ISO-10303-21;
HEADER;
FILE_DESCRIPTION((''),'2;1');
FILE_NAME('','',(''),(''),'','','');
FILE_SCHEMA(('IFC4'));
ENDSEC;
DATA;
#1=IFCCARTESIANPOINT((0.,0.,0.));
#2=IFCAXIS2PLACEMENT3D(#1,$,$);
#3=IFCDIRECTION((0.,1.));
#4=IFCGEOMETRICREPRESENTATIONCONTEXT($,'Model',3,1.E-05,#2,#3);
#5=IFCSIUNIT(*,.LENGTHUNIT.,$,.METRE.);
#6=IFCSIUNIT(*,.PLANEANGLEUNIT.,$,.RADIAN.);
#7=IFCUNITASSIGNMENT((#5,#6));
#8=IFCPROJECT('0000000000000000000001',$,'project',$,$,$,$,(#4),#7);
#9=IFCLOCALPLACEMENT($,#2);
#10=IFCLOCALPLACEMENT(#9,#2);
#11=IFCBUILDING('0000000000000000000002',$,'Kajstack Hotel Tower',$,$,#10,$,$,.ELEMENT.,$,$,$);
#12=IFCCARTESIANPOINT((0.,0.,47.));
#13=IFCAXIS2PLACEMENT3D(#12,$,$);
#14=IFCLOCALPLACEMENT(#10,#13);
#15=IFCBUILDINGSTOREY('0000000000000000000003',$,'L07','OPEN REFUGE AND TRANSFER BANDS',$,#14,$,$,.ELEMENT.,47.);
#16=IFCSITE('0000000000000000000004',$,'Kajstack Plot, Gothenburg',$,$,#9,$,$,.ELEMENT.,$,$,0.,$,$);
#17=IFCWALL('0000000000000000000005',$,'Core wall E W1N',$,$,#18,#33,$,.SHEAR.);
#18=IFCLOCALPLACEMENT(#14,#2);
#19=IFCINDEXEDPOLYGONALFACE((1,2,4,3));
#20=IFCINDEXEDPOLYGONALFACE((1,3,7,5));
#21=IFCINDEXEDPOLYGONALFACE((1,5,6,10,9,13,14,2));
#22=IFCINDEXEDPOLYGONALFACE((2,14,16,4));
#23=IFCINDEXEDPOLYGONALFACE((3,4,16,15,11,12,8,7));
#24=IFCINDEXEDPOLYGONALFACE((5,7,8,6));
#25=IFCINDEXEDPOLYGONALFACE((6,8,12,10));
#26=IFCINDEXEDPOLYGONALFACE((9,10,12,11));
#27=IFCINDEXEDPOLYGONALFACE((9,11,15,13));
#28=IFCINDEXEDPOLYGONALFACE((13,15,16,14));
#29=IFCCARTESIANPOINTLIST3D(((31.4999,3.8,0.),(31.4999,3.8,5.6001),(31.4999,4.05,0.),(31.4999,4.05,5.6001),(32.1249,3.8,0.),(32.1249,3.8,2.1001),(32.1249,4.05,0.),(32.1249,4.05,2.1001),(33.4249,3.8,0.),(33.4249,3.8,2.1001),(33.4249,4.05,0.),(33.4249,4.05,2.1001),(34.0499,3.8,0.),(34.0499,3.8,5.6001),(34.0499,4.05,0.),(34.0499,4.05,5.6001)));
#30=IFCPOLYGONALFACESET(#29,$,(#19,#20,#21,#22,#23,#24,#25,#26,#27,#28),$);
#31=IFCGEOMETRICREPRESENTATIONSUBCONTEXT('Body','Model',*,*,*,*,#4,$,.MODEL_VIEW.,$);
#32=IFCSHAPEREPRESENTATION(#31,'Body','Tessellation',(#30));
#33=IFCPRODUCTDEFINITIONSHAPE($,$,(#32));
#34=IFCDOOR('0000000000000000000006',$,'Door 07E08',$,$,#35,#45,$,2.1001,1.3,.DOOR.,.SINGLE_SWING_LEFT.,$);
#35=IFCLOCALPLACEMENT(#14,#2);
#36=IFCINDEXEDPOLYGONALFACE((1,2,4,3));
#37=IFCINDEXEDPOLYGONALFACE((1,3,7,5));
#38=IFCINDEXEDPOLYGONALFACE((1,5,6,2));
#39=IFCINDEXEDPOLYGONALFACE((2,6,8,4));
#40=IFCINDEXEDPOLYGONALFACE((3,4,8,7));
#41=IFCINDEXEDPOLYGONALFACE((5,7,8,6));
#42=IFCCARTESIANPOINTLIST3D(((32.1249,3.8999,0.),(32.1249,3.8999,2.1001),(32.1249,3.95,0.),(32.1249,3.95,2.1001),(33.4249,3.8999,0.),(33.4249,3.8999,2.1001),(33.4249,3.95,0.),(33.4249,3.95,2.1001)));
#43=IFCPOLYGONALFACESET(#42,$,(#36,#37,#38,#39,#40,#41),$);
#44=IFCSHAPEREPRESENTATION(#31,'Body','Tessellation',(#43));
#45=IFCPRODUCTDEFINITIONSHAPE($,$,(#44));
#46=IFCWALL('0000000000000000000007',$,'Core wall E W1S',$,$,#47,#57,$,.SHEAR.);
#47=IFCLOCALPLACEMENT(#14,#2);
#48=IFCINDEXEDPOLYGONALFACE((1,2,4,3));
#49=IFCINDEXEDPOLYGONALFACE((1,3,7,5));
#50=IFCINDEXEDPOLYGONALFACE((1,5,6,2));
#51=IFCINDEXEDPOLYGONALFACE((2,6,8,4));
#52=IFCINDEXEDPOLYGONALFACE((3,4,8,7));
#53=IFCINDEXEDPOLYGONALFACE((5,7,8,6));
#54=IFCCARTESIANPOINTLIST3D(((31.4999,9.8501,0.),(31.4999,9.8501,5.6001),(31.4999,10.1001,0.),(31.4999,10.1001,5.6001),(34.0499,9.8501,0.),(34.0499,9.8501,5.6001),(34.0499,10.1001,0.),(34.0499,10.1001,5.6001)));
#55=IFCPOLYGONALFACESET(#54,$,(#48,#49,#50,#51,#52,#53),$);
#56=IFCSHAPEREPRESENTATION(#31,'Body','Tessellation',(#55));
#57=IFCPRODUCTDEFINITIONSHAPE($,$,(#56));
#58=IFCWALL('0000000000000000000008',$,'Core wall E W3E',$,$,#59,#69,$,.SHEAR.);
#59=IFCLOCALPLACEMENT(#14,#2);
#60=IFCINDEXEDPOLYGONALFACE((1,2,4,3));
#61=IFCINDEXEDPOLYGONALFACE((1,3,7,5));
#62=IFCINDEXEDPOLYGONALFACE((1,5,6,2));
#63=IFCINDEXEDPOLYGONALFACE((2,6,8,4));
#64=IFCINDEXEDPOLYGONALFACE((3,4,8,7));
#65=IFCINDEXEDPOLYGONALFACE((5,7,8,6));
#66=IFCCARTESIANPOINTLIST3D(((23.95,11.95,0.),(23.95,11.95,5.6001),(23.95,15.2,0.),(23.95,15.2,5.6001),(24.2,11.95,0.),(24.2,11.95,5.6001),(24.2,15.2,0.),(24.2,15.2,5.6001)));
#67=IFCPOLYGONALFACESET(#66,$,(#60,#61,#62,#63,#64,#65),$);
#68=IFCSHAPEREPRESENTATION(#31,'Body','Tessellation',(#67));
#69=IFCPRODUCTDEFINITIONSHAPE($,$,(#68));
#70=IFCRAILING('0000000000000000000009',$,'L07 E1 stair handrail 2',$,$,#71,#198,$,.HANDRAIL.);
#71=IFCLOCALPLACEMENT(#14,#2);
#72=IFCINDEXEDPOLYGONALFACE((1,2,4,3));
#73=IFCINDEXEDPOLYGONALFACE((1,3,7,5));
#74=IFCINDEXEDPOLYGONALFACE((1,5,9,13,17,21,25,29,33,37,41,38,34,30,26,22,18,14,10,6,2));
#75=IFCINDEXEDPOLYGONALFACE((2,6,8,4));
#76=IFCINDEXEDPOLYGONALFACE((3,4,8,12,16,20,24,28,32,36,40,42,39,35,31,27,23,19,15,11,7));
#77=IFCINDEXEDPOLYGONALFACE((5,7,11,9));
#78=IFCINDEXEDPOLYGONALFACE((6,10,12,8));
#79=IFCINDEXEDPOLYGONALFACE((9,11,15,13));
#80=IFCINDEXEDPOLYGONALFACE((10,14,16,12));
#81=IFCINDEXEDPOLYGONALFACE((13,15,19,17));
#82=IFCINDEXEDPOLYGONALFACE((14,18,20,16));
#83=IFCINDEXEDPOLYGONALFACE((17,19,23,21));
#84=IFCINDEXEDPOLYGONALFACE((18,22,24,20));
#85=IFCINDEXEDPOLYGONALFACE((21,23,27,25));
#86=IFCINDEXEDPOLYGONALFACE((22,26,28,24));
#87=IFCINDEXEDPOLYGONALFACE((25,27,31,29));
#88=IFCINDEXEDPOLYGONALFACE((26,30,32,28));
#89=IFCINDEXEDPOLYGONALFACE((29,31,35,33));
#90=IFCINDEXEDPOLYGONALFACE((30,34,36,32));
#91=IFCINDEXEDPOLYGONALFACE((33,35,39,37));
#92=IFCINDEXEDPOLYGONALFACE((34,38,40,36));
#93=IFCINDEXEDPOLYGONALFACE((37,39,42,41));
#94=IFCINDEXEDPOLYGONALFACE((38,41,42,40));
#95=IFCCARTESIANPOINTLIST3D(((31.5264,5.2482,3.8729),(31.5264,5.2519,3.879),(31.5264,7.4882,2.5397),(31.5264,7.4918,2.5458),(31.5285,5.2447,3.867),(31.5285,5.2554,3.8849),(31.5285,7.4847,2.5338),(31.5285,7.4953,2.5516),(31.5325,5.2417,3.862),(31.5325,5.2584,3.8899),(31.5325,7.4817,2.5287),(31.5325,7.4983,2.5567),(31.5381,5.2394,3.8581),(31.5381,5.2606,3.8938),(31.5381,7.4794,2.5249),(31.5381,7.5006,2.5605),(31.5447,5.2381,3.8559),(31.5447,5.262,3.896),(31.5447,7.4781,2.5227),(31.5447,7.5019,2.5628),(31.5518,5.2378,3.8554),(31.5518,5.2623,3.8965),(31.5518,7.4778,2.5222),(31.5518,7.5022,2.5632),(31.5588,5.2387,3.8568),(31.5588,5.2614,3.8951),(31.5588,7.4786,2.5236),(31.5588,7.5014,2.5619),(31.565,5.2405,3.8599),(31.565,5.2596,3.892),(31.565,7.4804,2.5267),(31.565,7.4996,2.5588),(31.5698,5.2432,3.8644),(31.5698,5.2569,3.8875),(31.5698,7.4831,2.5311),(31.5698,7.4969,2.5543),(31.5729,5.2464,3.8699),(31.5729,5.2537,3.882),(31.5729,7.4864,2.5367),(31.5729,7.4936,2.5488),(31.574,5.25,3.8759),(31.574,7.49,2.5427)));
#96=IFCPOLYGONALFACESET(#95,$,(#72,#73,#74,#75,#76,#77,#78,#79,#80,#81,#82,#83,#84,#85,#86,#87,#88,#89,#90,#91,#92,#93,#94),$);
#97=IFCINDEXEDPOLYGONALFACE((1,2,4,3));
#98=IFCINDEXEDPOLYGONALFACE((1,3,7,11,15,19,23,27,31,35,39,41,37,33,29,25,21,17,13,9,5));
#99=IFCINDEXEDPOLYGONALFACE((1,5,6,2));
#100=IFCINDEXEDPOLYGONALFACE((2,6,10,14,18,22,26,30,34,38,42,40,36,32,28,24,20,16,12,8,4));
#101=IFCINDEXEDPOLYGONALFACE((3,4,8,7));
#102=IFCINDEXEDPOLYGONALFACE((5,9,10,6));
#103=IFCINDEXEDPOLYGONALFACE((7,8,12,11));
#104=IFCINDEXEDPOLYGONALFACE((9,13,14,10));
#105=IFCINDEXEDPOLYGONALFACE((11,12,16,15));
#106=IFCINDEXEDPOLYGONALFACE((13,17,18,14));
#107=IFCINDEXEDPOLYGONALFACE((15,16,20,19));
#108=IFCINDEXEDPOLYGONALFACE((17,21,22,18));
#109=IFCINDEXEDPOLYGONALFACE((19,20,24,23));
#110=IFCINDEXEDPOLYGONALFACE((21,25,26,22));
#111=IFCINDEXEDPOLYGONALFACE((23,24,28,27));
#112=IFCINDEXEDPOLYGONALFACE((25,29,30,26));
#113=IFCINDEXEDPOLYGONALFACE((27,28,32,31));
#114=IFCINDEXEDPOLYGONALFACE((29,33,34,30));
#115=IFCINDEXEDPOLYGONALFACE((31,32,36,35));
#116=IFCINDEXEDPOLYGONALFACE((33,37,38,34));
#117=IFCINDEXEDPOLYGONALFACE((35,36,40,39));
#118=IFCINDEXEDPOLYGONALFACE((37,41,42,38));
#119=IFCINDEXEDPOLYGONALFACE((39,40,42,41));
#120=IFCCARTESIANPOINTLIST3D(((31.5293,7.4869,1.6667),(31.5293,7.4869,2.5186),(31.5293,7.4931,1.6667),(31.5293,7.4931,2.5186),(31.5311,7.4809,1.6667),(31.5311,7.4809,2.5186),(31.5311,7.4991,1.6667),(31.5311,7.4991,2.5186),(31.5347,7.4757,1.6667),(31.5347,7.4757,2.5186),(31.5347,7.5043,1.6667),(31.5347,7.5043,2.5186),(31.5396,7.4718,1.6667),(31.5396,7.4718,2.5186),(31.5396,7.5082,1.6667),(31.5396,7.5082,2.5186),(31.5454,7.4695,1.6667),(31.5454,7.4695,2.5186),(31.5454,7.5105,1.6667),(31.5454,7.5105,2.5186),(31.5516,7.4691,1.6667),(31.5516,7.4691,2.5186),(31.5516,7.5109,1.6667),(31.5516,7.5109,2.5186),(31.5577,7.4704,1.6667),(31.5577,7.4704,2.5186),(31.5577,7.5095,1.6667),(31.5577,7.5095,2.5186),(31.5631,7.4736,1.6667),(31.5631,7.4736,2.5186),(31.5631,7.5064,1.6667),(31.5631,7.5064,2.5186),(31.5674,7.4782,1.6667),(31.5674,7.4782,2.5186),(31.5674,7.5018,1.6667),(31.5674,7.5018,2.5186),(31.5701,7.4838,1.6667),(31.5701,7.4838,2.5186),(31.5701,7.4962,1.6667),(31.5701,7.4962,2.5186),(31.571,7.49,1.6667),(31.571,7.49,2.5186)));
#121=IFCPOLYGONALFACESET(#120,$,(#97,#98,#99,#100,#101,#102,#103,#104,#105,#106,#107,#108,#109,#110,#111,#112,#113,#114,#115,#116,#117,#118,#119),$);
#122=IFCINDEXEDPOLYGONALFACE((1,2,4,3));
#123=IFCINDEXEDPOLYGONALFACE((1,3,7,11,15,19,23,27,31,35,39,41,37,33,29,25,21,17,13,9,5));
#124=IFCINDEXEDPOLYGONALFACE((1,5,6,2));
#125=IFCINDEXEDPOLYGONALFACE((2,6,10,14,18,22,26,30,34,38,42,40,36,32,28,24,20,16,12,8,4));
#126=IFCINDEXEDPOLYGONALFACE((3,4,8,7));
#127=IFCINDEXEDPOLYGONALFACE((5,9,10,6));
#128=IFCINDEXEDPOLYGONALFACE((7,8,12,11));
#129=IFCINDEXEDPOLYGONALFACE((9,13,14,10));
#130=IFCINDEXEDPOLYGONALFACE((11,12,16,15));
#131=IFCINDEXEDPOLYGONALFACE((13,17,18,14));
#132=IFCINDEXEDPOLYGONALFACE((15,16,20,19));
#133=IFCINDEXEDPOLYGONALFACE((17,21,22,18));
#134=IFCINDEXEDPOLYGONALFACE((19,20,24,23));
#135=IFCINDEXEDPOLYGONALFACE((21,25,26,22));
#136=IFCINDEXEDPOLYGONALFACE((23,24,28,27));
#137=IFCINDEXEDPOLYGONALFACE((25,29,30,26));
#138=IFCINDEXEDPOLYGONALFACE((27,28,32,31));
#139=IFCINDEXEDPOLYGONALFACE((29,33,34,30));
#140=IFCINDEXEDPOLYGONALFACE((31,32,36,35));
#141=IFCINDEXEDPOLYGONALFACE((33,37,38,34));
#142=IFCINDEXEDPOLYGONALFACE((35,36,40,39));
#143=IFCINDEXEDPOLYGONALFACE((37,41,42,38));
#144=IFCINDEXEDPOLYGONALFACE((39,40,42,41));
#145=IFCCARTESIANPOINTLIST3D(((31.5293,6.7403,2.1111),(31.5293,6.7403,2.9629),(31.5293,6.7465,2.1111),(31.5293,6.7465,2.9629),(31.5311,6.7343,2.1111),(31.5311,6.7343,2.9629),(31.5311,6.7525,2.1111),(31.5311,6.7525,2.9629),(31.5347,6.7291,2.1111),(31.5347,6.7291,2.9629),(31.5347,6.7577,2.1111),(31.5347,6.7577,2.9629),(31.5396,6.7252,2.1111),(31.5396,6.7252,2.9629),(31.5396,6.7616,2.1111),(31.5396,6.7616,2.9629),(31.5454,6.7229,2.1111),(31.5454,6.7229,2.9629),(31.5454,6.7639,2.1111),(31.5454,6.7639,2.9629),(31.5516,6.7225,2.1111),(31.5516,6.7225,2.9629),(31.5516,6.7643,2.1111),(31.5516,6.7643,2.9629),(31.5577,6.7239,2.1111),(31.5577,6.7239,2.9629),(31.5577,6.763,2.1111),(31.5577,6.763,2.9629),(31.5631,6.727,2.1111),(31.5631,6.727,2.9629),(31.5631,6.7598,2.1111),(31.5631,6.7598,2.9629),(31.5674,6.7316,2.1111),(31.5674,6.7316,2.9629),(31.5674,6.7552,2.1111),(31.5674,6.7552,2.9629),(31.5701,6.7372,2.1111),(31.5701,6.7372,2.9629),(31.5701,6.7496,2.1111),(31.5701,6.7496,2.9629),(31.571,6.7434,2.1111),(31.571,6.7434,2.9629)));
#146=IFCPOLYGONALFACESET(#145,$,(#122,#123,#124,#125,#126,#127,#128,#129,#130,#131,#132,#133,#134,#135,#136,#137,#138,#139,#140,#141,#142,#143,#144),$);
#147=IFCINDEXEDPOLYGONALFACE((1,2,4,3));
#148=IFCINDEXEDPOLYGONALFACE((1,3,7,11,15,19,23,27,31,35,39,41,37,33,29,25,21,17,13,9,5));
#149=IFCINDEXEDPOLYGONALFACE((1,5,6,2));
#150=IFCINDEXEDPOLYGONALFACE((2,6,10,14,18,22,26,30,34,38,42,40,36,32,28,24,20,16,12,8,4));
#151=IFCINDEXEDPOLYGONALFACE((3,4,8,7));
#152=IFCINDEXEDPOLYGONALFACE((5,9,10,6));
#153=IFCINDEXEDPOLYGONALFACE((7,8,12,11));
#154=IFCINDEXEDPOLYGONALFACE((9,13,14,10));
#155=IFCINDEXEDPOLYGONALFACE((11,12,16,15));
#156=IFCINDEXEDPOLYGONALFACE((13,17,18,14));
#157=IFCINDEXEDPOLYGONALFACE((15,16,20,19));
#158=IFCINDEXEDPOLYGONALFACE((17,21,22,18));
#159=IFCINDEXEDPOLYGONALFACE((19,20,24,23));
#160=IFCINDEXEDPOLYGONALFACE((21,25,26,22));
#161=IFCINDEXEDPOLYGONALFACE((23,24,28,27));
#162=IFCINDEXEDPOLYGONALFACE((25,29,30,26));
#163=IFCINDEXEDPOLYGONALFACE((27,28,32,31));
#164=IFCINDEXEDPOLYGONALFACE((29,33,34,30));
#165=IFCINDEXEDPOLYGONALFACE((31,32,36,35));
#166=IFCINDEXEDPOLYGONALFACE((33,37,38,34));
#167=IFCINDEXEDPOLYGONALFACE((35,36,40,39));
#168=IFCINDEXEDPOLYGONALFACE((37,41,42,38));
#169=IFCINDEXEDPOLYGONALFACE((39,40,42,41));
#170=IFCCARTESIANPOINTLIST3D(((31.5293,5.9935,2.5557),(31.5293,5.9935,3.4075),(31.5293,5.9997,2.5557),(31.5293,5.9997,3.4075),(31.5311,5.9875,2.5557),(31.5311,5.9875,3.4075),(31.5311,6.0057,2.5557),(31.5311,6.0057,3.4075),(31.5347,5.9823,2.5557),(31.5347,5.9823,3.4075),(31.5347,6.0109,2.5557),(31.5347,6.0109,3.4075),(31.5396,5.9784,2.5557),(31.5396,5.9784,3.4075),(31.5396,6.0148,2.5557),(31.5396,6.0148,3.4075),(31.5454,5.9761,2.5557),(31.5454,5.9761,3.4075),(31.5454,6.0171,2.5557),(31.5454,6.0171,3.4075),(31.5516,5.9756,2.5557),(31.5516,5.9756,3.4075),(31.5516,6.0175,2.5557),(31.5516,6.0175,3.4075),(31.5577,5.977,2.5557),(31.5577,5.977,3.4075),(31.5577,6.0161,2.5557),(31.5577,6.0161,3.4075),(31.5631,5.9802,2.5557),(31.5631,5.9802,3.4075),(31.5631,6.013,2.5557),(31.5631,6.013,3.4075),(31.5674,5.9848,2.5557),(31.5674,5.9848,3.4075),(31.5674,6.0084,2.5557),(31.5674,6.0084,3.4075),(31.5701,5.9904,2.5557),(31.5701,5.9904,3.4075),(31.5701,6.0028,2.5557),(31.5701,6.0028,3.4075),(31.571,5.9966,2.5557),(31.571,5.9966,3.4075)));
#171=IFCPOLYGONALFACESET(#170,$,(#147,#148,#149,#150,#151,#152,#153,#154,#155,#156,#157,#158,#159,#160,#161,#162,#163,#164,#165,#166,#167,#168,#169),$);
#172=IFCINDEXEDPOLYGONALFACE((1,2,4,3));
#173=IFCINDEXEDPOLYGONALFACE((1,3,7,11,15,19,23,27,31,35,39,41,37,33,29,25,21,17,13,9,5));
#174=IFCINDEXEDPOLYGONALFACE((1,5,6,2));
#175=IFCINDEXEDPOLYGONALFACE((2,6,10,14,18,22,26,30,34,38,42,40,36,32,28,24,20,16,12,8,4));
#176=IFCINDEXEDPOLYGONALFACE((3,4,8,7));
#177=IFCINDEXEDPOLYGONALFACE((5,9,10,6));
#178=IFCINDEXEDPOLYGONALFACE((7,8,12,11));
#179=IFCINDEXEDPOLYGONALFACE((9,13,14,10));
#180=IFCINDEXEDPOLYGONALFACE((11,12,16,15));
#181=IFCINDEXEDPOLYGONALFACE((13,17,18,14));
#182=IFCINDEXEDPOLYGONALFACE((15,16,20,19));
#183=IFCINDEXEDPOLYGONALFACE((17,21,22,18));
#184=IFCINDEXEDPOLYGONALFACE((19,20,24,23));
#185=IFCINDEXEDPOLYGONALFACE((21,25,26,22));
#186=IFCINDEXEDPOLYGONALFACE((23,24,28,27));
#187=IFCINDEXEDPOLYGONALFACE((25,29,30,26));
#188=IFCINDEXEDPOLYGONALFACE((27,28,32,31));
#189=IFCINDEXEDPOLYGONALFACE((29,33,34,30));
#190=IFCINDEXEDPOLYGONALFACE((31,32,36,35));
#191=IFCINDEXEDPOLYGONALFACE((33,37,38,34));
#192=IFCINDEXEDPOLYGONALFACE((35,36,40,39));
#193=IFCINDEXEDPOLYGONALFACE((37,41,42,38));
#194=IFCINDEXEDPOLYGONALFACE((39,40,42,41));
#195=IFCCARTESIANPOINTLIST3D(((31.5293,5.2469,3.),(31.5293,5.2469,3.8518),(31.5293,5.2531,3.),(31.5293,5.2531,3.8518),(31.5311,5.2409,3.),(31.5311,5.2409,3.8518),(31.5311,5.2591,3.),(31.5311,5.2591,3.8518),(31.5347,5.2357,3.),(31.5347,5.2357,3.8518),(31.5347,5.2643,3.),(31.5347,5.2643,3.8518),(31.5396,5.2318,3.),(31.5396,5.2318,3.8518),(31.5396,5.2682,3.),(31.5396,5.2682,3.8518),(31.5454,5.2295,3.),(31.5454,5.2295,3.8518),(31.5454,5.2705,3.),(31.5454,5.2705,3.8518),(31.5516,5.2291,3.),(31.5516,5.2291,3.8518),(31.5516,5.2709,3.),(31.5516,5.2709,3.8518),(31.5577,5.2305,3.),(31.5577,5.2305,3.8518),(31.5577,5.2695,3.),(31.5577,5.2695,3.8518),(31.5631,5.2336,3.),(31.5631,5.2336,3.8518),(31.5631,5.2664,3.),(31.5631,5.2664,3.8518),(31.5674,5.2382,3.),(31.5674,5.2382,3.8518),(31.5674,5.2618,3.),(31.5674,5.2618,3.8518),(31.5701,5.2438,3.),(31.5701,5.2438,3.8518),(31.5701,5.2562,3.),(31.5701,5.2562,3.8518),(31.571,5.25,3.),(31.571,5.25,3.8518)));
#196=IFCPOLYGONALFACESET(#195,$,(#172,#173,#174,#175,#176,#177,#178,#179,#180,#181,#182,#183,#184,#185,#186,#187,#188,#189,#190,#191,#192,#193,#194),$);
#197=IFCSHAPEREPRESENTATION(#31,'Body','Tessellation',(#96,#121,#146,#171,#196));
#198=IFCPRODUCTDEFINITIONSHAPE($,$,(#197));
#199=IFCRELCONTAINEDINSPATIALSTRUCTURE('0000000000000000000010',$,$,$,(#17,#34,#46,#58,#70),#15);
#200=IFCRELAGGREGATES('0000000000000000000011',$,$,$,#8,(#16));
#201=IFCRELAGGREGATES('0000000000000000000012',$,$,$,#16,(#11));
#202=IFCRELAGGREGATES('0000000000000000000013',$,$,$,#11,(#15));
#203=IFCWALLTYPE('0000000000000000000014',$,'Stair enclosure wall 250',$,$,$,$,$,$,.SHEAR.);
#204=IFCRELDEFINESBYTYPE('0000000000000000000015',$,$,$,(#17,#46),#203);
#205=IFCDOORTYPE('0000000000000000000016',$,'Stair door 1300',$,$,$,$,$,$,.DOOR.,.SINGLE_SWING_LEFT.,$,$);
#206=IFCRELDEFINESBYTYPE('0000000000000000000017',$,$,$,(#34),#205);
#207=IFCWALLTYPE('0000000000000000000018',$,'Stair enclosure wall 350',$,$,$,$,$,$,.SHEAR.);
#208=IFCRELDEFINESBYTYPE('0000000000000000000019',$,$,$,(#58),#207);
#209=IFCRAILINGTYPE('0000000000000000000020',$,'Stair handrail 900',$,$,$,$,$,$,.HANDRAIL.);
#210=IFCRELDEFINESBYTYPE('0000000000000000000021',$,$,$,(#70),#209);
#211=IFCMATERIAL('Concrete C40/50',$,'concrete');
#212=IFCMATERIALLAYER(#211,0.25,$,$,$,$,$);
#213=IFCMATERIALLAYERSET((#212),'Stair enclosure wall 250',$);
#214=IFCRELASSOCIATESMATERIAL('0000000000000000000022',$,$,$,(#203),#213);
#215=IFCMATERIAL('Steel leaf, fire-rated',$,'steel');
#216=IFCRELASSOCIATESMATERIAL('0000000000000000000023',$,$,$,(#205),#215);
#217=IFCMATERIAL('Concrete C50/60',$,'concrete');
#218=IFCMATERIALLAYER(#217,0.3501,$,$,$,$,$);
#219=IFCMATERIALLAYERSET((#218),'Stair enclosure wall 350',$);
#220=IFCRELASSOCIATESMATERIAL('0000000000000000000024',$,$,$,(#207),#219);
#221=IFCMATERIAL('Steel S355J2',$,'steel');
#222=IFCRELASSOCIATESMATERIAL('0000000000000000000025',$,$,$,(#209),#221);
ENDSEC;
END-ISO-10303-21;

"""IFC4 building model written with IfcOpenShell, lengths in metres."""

from ifc_helpers import new_model, si_unit, direction, frame, frame_2d, origin, origin_2d, place, context, subcontext, project, spatial, rectangle, circle, extrude, material, layer, layer_set, type_object, element, fill, save


model = new_model("IFC4")

# Units and contexts
model_context = context("Model", 3, precision=1e-05, world=origin(), true_north=direction((0.0, 1.0)))
body_context = subcontext(model_context, "Body", "Model", "MODEL_VIEW")
ifc_project = project(units=[si_unit("LENGTHUNIT", "METRE"), si_unit("PLANEANGLEUNIT", "RADIAN")], contexts=[model_context])

# Site, building, storey
site_placement = place(None, origin())
site = spatial("IfcSite", under=ifc_project, at=site_placement, Name="Kajstack Plot, Gothenburg", CompositionType="ELEMENT", RefElevation=0.0)
building_placement = place(site_placement, origin())
building = spatial("IfcBuilding", under=site, at=building_placement, Name="Kajstack Hotel Tower", CompositionType="ELEMENT")
storey_placement = place(building_placement, frame((0.0, 0.0, 47.0)))
storey = spatial("IfcBuildingStorey", under=building, at=storey_placement, Name="L07", Description="OPEN REFUGE AND TRANSFER BANDS", CompositionType="ELEMENT", Elevation=47.0)

# Shared definitions
ifc_material_1 = material(Name="Concrete C50/60", Category="concrete")

# Shared definitions
ifc_material_2 = material(Name="Steel leaf, fire-rated", Category="steel")

# Wall, opening, door
ifc_material_3 = material(Name="Concrete C40/50", Category="concrete")
ifc_layer_1 = layer(ifc_material_3, 0.25)
ifc_layer_set_1 = layer_set([ifc_layer_1], Name="Stair enclosure wall 250")
wall_type_1 = type_object("IfcWallType", Name="Stair enclosure wall 250", PredefinedType="SHEAR", material=ifc_layer_set_1)
wall_1_placement = place(storey_placement, frame((31.5, 3.925, 0.0), z_axis=(0.0, 0.0, 1.0), x_axis=(1.0, 0.0, 0.0)))
wall_1 = element("IfcWall", 1, at=wall_1_placement, inside=storey, type_object=wall_type_1, Name="Core wall E W1N", PredefinedType="SHEAR", context=body_context, shape_type="SweptSolid", body=[
    extrude(rectangle(XDim=2.55, YDim=0.25, at=frame_2d((1.2749, 0.0))), origin(), (0.0, 0.0, 1.0), 5.6001),
])
opening_1_placement = place(wall_1_placement, frame((0.625, 0.0, 0.0)))
opening_1 = element("IfcOpeningElement", 2, at=opening_1_placement, cuts=wall_1, PredefinedType="OPENING", context=body_context, shape_type="SweptSolid", body=[
    extrude(rectangle(XDim=1.3, YDim=2.1001, at=frame_2d((0.6499, 1.05))), frame((0.0, 0.135, 0.0), z_axis=(0.0, -1.0, 0.0), x_axis=(1.0, 0.0, 0.0)), (0.0, 0.0, 1.0), 0.27),
])
door_type_1 = type_object("IfcDoorType", Name="Stair door 1300", OperationType="SINGLE_SWING_LEFT", PredefinedType="DOOR", material=ifc_material_2)
door_1_placement = place(opening_1_placement, origin())
door_1 = element("IfcDoor", 3, at=door_1_placement, inside=storey, type_object=door_type_1, Name="Door 07E08", OperationType="SINGLE_SWING_LEFT", OverallHeight=2.1001, OverallWidth=1.3, PredefinedType="DOOR", context=body_context, shape_type="SweptSolid", body=[
    extrude(rectangle(XDim=1.3, YDim=2.1001, at=frame_2d((0.6499, 1.05))), frame((0.0, 0.0249, 0.0), z_axis=(0.0, -1.0, 0.0), x_axis=(1.0, 0.0, 0.0)), (0.0, 0.0, 1.0), 0.05),
])
fill(opening_1, door_1)

# Walls
wall_2_placement = place(storey_placement, frame((31.5, 9.9751, 0.0), z_axis=(0.0, 0.0, 1.0), x_axis=(1.0, 0.0, 0.0)))
element("IfcWall", 4, at=wall_2_placement, inside=storey, type_object=wall_type_1, Name="Core wall E W1S", PredefinedType="SHEAR", context=body_context, shape_type="SweptSolid", body=[
    extrude(rectangle(XDim=2.55, YDim=0.25, at=frame_2d((1.2749, 0.0))), origin(), (0.0, 0.0, 1.0), 5.6001),
])
ifc_layer_2 = layer(ifc_material_1, 0.3501)
ifc_layer_set_2 = layer_set([ifc_layer_2], Name="Stair enclosure wall 350")
wall_type_2 = type_object("IfcWallType", Name="Stair enclosure wall 350", PredefinedType="SHEAR", material=ifc_layer_set_2)
wall_3_placement = place(storey_placement, frame((24.075, 11.95, 0.0), z_axis=(0.0, 0.0, 1.0), x_axis=(0.0, 1.0, 0.0)))
element("IfcWall", 5, at=wall_3_placement, inside=storey, type_object=wall_type_2, Name="Core wall E W3E", PredefinedType="SHEAR", context=body_context, shape_type="SweptSolid", body=[
    extrude(rectangle(XDim=3.25, YDim=0.25, at=frame_2d((1.625, 0.0))), origin(), (0.0, 0.0, 1.0), 5.6001),
])

# Railing
ifc_material_4 = material(Name="Steel S355J2", Category="steel")
railing_type_1 = type_object("IfcRailingType", Name="Stair handrail 900", PredefinedType="HANDRAIL", material=ifc_material_4)
railing_1_placement = place(storey_placement, frame((31.55, 7.49, 1.6667)))
element("IfcRailing", 6, at=railing_1_placement, inside=storey, type_object=railing_type_1, Name="L07 E1 stair handrail 2", PredefinedType="HANDRAIL", context=body_context, shape_type="SweptSolid", body=[
    extrude(circle(Radius=0.0239, at=origin_2d()), frame((0.0, 0.0, 0.876), z_axis=(0.0, -0.859306, 0.511462), x_axis=(1.0, 0.0, 0.0)), (0.0, 0.0, 1.0), 2.6067),
    extrude(circle(Radius=0.021, at=origin_2d()), origin(), (0.0, 0.0, 1.0), 0.8518),
    extrude(circle(Radius=0.021, at=origin_2d()), frame((0.0, -0.7466, 0.4443)), (0.0, 0.0, 1.0), 0.8518),
    extrude(circle(Radius=0.021, at=origin_2d()), frame((0.0, -1.4934, 0.8889)), (0.0, 0.0, 1.0), 0.8518),
    extrude(circle(Radius=0.021, at=origin_2d()), frame((0.0, -2.24, 1.3333)), (0.0, 0.0, 1.0), 0.8518),
])

save(model, "model.ifc")
